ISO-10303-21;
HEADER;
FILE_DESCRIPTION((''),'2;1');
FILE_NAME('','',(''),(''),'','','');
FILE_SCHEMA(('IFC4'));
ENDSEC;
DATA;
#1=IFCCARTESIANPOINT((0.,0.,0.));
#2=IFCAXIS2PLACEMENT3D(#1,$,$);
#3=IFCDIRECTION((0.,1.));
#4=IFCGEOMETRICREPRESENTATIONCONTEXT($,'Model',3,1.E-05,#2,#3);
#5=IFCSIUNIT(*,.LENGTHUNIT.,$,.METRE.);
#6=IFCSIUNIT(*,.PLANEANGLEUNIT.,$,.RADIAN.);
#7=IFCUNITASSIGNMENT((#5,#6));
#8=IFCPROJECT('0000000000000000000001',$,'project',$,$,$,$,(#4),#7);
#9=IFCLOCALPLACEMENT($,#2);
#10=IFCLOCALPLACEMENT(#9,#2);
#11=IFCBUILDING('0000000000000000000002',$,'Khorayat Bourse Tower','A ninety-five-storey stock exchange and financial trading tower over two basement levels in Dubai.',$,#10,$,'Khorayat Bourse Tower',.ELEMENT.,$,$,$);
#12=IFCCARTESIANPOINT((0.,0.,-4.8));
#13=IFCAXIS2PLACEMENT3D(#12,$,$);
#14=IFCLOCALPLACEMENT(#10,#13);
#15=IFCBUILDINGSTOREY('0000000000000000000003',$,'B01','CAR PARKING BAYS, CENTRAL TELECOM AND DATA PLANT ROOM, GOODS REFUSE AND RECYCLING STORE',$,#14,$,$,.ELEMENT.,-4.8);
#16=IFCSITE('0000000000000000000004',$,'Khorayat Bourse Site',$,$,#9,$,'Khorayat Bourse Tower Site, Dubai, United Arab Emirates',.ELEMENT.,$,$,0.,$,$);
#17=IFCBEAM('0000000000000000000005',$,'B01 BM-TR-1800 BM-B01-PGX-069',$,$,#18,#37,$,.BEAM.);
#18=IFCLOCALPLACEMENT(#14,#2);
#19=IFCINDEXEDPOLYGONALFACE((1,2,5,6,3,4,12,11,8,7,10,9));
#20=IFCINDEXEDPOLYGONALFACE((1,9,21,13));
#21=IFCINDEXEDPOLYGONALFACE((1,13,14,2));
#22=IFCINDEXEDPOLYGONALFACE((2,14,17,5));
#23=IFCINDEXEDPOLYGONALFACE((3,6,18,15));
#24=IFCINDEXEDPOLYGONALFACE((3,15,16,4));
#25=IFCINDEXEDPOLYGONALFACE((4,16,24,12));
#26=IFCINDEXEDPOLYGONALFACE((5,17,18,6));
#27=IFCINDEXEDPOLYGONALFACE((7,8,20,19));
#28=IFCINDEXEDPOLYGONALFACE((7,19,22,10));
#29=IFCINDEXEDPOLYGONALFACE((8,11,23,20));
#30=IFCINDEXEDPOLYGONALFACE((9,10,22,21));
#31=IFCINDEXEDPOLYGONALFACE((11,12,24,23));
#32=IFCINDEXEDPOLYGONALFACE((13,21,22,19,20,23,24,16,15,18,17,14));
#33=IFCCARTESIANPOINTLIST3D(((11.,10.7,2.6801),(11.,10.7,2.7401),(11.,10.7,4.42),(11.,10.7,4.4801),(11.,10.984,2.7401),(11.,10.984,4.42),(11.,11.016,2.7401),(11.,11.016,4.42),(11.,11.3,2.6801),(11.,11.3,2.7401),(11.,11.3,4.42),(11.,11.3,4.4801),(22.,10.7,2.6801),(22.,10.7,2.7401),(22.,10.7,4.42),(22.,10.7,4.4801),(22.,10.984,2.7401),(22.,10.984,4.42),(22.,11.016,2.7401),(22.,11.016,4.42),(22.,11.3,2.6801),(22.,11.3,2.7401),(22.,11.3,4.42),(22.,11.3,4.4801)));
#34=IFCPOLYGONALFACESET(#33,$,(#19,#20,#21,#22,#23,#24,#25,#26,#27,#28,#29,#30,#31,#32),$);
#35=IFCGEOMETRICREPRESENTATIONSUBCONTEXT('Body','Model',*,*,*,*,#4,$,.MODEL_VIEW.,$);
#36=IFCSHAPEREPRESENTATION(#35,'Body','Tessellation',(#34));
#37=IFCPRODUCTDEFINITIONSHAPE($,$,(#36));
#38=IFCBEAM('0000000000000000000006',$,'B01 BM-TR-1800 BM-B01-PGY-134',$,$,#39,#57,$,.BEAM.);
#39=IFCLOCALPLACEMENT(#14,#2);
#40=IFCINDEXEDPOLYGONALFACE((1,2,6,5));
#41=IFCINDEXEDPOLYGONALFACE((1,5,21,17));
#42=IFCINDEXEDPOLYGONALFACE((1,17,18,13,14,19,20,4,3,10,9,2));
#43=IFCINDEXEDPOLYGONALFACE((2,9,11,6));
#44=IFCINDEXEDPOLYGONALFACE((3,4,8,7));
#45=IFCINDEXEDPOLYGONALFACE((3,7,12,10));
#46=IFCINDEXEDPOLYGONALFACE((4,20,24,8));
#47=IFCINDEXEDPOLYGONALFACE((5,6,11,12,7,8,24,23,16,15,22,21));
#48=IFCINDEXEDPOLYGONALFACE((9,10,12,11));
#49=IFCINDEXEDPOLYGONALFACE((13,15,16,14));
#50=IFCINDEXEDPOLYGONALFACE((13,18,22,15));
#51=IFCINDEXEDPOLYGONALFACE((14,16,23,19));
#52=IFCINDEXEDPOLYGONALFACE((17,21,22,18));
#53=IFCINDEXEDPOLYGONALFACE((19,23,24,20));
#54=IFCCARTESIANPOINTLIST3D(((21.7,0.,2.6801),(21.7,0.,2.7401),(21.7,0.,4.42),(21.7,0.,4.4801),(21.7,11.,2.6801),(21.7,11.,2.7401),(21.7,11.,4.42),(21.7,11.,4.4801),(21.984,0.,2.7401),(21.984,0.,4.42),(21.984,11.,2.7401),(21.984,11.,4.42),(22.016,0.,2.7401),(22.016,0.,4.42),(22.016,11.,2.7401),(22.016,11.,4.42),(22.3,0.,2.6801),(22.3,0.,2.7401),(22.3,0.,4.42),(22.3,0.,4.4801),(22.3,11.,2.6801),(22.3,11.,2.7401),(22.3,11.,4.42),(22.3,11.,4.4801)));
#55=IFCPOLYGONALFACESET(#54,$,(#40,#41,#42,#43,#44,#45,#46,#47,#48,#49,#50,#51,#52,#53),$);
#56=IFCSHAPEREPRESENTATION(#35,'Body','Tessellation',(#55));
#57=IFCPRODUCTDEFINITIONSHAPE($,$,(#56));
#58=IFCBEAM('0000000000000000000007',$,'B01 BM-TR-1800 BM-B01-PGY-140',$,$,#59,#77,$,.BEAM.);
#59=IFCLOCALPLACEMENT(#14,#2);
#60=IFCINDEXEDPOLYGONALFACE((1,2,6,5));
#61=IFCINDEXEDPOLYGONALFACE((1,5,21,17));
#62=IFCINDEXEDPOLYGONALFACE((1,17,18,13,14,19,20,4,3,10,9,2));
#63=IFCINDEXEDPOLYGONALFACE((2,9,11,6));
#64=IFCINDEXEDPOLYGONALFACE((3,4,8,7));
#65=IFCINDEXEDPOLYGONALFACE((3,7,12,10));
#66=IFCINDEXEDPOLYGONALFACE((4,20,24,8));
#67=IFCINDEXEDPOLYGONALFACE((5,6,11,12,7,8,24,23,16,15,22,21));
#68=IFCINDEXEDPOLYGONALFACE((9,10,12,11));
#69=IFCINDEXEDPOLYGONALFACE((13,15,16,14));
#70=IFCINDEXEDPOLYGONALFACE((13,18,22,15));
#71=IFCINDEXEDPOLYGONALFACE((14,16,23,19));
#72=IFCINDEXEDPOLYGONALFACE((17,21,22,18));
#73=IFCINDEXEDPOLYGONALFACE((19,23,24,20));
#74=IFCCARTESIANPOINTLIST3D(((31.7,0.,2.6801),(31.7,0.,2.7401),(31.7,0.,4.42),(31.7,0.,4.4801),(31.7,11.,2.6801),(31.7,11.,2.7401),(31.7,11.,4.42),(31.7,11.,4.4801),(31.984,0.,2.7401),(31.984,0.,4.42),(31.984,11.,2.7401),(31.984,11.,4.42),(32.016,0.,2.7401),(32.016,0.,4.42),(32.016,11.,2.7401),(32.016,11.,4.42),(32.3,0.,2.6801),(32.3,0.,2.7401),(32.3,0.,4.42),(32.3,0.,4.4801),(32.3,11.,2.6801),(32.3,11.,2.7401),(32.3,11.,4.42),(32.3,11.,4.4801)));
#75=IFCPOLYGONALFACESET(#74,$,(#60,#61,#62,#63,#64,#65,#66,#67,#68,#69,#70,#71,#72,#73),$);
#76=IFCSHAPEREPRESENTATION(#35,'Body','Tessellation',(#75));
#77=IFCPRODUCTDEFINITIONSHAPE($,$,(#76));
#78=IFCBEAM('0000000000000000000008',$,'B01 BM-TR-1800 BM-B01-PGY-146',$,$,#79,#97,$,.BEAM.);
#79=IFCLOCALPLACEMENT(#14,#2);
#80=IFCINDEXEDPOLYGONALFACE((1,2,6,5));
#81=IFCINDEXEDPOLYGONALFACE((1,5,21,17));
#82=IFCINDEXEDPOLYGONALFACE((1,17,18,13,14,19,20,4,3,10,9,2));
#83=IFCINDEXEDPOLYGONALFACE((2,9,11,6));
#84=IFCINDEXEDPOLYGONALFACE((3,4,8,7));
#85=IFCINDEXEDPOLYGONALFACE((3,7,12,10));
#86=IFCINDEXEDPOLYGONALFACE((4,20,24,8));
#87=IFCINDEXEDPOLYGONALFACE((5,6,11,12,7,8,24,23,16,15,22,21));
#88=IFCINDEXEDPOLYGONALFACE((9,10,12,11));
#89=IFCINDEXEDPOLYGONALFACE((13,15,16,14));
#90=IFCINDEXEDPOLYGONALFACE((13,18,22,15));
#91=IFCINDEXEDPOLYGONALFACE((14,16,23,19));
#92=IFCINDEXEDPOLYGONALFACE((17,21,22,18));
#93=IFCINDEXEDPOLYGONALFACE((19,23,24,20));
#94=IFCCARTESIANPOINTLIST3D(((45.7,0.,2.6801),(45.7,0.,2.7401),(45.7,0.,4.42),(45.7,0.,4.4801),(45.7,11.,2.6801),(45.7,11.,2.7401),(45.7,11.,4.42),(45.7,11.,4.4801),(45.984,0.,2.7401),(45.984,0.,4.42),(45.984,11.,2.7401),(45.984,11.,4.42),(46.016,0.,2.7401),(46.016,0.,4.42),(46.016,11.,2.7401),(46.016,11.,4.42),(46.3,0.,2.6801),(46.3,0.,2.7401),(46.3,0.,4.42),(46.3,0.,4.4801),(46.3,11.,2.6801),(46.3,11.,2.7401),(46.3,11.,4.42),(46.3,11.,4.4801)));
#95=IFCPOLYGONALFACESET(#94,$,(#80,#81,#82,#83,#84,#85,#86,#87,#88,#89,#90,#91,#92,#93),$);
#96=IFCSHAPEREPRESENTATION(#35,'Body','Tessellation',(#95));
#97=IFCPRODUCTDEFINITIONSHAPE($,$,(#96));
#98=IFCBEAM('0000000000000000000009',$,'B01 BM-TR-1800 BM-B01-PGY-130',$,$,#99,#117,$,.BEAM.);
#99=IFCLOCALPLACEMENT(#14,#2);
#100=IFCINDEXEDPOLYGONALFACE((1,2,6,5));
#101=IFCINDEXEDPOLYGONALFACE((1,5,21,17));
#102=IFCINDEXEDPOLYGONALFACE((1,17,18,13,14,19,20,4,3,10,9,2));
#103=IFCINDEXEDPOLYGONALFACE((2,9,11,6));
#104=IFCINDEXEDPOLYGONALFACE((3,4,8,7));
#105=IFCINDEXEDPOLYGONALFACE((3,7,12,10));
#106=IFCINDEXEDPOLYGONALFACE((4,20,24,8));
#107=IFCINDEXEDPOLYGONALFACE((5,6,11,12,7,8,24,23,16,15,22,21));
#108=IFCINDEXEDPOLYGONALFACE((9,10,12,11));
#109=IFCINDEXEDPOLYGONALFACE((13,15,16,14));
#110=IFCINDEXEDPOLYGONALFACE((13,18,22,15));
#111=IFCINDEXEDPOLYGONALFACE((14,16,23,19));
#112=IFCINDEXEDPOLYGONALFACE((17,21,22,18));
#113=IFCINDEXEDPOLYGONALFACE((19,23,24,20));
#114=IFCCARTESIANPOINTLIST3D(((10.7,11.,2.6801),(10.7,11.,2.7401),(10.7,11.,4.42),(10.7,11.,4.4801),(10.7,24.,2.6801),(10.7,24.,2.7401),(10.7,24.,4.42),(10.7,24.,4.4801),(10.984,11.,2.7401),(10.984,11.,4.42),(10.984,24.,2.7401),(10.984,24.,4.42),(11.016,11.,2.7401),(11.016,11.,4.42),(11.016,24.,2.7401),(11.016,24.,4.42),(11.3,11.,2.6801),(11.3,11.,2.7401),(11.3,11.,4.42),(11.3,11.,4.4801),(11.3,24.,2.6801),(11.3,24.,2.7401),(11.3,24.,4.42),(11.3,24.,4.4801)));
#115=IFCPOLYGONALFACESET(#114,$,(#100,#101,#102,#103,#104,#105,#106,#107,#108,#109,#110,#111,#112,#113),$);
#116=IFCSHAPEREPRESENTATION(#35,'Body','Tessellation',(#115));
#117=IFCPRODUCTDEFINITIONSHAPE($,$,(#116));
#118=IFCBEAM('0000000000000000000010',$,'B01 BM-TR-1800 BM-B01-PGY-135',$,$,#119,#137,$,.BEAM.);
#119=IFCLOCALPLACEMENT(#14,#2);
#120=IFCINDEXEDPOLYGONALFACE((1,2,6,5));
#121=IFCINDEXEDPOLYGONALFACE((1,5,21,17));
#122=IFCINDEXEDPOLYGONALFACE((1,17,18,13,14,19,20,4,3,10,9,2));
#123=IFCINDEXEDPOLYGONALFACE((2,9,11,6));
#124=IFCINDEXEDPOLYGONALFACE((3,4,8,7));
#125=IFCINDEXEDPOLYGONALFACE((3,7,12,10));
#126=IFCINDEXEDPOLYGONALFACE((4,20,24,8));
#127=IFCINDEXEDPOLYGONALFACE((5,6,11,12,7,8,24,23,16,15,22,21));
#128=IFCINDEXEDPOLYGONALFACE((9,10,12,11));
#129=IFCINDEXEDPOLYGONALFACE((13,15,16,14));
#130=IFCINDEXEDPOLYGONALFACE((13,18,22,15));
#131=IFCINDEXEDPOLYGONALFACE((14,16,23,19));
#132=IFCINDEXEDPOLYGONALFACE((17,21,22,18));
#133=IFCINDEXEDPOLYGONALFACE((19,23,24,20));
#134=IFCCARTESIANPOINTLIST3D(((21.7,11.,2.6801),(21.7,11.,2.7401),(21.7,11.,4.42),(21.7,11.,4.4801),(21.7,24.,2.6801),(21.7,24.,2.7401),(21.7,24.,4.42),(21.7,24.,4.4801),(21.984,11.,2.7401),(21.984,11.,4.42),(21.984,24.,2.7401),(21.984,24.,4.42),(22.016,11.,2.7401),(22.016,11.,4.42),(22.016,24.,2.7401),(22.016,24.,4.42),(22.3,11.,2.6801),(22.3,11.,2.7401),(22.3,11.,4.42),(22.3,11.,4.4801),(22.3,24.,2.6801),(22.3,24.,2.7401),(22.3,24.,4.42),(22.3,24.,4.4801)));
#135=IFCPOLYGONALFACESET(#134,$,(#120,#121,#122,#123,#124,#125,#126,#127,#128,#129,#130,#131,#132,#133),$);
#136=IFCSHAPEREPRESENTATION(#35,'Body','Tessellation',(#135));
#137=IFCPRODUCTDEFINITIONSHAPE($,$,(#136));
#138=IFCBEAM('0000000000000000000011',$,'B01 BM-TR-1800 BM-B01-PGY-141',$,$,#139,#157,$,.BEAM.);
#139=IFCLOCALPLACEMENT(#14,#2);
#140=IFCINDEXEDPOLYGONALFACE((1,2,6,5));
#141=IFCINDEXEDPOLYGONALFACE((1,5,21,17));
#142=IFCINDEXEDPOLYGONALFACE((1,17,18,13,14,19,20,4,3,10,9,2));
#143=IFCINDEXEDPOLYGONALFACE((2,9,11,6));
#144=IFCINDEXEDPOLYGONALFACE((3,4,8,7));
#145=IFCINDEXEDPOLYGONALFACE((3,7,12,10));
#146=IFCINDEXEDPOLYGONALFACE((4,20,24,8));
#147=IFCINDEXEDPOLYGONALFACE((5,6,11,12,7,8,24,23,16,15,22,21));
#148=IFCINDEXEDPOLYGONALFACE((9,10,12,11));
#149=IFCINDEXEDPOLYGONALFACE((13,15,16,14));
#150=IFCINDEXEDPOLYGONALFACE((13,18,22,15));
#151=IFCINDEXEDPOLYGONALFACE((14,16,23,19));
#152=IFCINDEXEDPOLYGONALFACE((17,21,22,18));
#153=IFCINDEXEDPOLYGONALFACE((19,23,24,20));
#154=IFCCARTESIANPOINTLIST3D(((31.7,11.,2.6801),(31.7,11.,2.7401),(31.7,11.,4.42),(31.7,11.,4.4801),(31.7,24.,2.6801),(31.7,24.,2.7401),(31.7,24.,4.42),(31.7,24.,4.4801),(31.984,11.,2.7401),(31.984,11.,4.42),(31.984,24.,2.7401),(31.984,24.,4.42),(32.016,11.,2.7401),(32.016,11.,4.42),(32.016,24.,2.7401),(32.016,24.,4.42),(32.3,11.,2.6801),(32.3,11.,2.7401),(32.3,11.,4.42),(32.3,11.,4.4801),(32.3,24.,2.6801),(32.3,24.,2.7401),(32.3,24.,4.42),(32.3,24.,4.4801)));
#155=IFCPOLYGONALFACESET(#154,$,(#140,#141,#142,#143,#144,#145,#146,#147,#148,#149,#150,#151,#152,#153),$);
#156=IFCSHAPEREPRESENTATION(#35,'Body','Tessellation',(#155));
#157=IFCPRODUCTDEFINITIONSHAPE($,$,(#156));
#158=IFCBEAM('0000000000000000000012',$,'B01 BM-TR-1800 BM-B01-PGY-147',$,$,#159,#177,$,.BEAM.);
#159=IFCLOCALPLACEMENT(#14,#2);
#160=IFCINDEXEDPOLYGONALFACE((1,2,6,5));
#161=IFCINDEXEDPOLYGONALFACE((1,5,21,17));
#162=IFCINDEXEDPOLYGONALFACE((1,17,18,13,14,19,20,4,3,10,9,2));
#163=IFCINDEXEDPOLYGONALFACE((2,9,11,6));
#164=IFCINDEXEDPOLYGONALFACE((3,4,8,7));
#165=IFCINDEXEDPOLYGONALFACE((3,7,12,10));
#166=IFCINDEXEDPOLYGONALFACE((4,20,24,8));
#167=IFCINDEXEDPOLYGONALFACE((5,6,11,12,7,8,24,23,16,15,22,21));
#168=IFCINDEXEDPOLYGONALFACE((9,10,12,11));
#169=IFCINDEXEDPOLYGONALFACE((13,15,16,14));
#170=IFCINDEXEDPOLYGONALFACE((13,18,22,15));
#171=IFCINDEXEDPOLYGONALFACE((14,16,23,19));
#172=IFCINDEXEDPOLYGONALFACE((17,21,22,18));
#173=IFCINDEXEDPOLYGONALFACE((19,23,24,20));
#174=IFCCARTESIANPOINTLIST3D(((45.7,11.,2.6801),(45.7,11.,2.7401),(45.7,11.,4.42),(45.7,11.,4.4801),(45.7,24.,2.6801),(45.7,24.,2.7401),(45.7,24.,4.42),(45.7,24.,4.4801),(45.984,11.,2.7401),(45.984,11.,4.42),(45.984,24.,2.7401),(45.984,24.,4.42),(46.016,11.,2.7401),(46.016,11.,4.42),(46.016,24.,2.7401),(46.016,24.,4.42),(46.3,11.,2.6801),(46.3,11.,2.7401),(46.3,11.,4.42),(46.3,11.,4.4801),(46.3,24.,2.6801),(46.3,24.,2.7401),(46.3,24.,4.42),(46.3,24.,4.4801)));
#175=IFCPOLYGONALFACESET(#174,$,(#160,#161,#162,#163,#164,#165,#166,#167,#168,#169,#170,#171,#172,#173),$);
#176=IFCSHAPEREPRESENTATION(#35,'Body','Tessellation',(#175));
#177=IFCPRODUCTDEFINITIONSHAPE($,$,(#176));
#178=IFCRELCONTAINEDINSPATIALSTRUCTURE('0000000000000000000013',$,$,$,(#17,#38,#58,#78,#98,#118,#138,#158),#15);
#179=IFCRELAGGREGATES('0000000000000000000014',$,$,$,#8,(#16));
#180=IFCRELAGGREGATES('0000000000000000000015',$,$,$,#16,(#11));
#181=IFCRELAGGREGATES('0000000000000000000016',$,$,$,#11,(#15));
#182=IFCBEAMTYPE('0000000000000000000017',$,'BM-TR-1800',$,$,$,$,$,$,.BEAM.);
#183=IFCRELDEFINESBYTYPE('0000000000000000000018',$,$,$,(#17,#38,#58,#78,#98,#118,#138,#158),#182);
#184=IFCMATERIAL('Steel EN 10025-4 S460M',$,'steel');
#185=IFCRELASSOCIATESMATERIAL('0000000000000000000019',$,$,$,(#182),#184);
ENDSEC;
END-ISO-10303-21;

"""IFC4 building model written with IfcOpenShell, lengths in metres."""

from ifc_helpers import new_model, si_unit, direction, frame, origin, origin_2d, place, context, subcontext, project, spatial, i_section, extrude, source, transform, mapped, material, material_profile, profile_set, type_object, element, save


model = new_model("IFC4")

# Units and contexts
model_context = context("Model", 3, precision=1e-05, world=origin(), true_north=direction((0.0, 1.0)))
body_context = subcontext(model_context, "Body", "Model", "MODEL_VIEW")
ifc_project = project(units=[si_unit("LENGTHUNIT", "METRE"), si_unit("PLANEANGLEUNIT", "RADIAN")], contexts=[model_context])

# Site, building, storey
site_placement = place(None, origin())
site = spatial("IfcSite", under=ifc_project, at=site_placement, Name="Khorayat Bourse Site", LongName="Khorayat Bourse Tower Site, Dubai, United Arab Emirates", CompositionType="ELEMENT", RefElevation=0.0)
building_placement = place(site_placement, origin())
building = spatial("IfcBuilding", under=site, at=building_placement, Name="Khorayat Bourse Tower", Description="A ninety-five-storey stock exchange and financial trading tower over two basement levels in Dubai.", LongName="Khorayat Bourse Tower", CompositionType="ELEMENT")
storey_placement = place(building_placement, frame((0.0, 0.0, -4.8)))
storey = spatial("IfcBuildingStorey", under=building, at=storey_placement, Name="B01", Description="CAR PARKING BAYS, CENTRAL TELECOM AND DATA PLANT ROOM, GOODS REFUSE AND RECYCLING STORE", CompositionType="ELEMENT", Elevation=-4.8)

# Beams
ifc_material_1 = material(Name="Steel EN 10025-4 S460M", Category="steel")
ifc_material_profile_1 = material_profile(ifc_material_1, i_section(OverallWidth=0.6001, OverallDepth=1.8, WebThickness=0.032, FlangeThickness=0.0601, at=origin_2d()), Name="PG 1800x600x32x60")
ifc_profile_set_1 = profile_set([ifc_material_profile_1], Name="Steel EN 10025-4 S460M")
beam_type_1 = type_object("IfcBeamType", Name="BM-TR-1800", PredefinedType="BEAM", material=ifc_profile_set_1)
shared_shape_1 = source(origin(), body_context, "Body", "SweptSolid", [
    extrude(i_section(OverallWidth=0.6001, OverallDepth=1.8, WebThickness=0.032, FlangeThickness=0.0601, at=origin_2d()), origin(), (0.0, 0.0, 1.0), 11.0),
])
for number, where, z_axis, x_axis, name in (
    (1, (11.0, 11.0, 3.5801), (1.0, 0.0, 0.0), (0.0, 1.0, 0.0), "B01 BM-TR-1800 BM-B01-PGX-069"),
    (2, (22.0, 0.0, 3.5801), (0.0, 1.0, 0.0), (-1.0, 0.0, 0.0), "B01 BM-TR-1800 BM-B01-PGY-134"),
    (3, (32.0, 0.0, 3.5801), (0.0, 1.0, 0.0), (-1.0, 0.0, 0.0), "B01 BM-TR-1800 BM-B01-PGY-140"),
    (4, (46.0, 0.0, 3.5801), (0.0, 1.0, 0.0), (-1.0, 0.0, 0.0), "B01 BM-TR-1800 BM-B01-PGY-146"),
):
    element("IfcBeam", number, at=place(storey_placement, frame(where, z_axis=z_axis, x_axis=x_axis)), inside=storey, type_object=beam_type_1, Name=name, PredefinedType="BEAM", context=body_context, shape_type="MappedRepresentation", body=[
        mapped(shared_shape_1, transform((0.0, 0.0, 0.0), scale=1.0)),
    ])
shared_shape_2 = source(origin(), body_context, "Body", "SweptSolid", [
    extrude(i_section(OverallWidth=0.6001, OverallDepth=1.8, WebThickness=0.032, FlangeThickness=0.0601, at=origin_2d()), origin(), (0.0, 0.0, 1.0), 13.0),
])
for number, where, z_axis, x_axis, name in (
    (5, (11.0, 11.0, 3.5801), (0.0, 1.0, 0.0), (-1.0, 0.0, 0.0), "B01 BM-TR-1800 BM-B01-PGY-130"),
    (6, (22.0, 11.0, 3.5801), (0.0, 1.0, 0.0), (-1.0, 0.0, 0.0), "B01 BM-TR-1800 BM-B01-PGY-135"),
    (7, (32.0, 11.0, 3.5801), (0.0, 1.0, 0.0), (-1.0, 0.0, 0.0), "B01 BM-TR-1800 BM-B01-PGY-141"),
    (8, (46.0, 11.0, 3.5801), (0.0, 1.0, 0.0), (-1.0, 0.0, 0.0), "B01 BM-TR-1800 BM-B01-PGY-147"),
):
    element("IfcBeam", number, at=place(storey_placement, frame(where, z_axis=z_axis, x_axis=x_axis)), inside=storey, type_object=beam_type_1, Name=name, PredefinedType="BEAM", context=body_context, shape_type="MappedRepresentation", body=[
        mapped(shared_shape_2, transform((0.0, 0.0, 0.0), scale=1.0)),
    ])

save(model, "model.ifc")
